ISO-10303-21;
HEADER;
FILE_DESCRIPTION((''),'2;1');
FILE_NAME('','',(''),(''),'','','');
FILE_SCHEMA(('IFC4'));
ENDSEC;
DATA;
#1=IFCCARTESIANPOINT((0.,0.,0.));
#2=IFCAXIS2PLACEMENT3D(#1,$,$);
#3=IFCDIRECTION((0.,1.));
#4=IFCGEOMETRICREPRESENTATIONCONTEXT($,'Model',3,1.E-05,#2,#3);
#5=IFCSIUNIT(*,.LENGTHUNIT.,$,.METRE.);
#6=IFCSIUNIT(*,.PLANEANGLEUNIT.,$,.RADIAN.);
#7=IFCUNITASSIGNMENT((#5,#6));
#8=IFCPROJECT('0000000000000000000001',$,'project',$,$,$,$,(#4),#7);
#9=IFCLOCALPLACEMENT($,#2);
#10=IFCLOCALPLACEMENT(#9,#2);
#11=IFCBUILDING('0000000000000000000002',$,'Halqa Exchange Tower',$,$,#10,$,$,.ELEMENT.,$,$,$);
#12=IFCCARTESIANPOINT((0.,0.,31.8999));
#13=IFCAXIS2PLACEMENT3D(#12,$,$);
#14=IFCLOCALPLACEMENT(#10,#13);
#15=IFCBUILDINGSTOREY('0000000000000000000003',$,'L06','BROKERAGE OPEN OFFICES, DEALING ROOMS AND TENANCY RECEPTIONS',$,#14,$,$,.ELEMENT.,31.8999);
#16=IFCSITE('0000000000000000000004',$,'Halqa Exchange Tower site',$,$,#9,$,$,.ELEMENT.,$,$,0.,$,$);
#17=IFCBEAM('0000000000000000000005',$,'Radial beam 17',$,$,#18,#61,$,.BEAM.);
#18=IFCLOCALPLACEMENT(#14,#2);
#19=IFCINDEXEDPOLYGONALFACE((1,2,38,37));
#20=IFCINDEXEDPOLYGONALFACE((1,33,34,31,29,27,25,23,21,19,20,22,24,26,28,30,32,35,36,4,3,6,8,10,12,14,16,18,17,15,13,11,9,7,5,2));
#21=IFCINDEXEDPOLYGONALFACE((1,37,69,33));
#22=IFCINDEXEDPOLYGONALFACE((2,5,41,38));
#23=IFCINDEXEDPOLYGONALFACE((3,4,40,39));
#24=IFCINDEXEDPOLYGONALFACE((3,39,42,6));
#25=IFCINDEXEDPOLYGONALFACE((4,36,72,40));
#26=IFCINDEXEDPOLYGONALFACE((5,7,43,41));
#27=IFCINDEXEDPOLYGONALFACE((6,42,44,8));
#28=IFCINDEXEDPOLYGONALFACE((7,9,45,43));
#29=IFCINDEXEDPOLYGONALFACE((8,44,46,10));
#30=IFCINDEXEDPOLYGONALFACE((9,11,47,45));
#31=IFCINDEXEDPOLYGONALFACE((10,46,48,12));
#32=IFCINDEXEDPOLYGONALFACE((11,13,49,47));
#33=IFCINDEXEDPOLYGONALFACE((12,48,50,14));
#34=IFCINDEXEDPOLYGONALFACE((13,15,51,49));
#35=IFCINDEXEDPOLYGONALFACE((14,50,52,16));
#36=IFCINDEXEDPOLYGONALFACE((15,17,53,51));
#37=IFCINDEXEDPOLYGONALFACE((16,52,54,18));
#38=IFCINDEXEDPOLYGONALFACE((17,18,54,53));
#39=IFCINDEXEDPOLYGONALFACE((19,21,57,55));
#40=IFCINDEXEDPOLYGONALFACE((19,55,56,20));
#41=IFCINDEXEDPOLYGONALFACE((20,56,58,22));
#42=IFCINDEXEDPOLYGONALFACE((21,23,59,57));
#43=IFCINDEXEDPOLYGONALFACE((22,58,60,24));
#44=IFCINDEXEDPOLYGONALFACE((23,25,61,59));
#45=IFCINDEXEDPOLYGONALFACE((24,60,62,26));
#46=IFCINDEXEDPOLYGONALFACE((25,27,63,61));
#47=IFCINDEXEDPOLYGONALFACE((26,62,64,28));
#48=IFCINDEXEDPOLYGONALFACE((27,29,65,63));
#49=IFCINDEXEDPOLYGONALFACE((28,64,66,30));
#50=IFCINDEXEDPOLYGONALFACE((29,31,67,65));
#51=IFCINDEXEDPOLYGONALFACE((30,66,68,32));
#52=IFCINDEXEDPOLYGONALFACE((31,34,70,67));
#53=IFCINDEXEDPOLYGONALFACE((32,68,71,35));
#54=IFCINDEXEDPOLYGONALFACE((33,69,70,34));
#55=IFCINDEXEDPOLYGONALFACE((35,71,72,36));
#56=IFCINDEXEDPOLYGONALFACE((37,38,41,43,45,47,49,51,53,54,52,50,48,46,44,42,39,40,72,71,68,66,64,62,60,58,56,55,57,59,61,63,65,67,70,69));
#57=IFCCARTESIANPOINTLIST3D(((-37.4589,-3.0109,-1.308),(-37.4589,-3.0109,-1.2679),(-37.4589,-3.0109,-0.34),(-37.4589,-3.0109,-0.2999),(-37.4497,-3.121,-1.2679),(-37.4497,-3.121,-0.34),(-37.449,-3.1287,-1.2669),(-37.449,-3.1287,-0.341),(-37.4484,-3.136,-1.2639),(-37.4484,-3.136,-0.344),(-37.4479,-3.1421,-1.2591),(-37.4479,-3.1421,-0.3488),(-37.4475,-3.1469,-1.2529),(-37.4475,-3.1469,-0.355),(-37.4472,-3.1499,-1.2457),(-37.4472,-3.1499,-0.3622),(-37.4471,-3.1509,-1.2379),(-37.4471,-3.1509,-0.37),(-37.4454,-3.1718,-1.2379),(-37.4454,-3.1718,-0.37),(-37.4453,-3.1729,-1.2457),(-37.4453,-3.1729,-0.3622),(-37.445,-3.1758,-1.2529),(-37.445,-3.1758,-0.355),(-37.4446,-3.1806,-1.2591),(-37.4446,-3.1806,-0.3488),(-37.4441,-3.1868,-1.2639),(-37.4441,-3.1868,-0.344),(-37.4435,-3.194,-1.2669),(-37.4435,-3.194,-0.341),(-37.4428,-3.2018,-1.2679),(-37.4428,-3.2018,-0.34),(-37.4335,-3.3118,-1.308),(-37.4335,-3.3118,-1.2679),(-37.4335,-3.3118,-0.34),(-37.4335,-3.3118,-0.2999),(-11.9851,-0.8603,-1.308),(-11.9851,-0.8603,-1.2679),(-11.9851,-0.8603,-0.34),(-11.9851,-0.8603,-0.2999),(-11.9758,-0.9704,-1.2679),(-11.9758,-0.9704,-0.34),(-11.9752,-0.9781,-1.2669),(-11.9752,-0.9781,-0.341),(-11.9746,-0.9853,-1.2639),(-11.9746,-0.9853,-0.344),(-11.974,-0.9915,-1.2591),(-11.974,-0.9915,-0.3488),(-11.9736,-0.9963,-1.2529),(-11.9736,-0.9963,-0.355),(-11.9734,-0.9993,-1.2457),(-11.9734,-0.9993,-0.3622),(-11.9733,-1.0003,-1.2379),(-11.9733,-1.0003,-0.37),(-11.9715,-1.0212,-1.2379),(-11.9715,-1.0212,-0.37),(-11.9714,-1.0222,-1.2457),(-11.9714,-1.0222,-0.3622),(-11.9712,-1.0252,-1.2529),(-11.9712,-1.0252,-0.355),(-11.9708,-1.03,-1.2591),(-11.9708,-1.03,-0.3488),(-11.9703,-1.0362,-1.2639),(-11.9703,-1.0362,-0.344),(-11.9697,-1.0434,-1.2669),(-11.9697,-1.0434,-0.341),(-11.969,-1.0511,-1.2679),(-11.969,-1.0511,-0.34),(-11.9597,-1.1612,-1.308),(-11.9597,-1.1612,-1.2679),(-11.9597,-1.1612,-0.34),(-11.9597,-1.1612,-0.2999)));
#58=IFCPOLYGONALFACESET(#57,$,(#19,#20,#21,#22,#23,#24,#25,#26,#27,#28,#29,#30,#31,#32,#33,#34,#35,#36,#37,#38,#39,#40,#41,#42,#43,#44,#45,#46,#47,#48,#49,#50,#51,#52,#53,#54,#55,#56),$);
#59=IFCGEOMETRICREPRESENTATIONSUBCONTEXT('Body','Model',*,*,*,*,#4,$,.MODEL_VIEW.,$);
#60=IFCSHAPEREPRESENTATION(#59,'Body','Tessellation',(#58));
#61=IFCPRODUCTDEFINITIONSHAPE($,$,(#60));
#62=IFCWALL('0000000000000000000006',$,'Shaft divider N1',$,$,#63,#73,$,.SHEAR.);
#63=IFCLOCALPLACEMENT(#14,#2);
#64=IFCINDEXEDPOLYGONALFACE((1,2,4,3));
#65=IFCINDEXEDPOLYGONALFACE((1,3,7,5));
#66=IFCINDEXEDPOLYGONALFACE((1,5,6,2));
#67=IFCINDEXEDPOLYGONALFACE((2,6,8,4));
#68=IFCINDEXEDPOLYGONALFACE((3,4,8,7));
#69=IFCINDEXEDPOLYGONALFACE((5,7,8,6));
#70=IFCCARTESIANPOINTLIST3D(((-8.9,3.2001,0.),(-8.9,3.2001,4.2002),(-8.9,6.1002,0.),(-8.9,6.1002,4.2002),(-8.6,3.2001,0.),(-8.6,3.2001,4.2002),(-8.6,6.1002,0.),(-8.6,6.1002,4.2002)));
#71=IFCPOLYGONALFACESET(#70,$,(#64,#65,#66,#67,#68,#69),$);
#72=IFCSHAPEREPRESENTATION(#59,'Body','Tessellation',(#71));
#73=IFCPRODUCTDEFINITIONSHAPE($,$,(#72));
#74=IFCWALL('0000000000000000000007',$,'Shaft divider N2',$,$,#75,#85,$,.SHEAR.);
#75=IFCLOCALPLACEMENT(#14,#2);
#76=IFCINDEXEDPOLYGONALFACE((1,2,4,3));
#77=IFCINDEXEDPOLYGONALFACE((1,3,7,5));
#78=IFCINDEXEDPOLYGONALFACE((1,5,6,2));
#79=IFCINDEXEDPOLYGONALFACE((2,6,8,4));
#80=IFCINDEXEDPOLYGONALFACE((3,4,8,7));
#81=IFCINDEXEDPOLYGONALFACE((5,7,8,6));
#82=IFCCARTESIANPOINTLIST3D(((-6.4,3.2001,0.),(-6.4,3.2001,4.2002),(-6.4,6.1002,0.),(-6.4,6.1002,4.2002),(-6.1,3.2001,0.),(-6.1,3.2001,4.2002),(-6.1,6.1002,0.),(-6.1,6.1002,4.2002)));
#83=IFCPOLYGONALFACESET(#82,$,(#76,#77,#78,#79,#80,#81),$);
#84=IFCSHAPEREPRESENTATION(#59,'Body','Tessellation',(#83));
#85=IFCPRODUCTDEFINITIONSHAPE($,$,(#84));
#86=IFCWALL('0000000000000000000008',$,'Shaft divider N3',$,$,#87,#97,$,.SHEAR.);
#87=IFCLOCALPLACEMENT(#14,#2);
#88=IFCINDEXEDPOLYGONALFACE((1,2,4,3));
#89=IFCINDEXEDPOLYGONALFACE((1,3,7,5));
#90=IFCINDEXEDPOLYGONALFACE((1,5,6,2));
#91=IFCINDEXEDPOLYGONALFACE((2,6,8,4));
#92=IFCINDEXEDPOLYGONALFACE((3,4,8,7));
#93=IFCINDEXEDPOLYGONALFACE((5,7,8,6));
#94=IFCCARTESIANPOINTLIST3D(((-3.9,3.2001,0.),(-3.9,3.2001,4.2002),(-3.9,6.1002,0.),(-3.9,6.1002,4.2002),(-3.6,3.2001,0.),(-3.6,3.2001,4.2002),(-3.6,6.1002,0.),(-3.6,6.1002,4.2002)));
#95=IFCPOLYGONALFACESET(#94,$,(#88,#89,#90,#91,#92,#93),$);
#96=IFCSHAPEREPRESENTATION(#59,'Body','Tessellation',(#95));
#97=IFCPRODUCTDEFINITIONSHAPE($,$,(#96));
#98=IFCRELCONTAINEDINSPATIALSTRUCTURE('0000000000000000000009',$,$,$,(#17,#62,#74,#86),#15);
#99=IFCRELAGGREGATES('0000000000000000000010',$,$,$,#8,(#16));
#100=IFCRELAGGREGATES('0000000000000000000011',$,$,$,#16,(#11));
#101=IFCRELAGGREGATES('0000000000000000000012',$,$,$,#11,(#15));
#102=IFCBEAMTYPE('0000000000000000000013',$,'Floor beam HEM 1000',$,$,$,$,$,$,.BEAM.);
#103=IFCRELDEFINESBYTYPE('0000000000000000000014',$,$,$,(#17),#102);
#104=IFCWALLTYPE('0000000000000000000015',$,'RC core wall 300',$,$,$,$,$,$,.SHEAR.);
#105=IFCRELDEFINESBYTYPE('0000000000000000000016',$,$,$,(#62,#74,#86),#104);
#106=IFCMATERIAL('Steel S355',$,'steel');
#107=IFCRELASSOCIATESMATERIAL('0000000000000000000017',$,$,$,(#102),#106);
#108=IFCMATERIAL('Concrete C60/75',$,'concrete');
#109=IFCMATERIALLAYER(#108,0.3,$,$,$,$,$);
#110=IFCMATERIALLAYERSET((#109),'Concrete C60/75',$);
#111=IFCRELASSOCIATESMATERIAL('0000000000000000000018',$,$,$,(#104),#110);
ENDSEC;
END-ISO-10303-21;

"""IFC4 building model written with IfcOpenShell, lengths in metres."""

from ifc_helpers import new_model, si_unit, direction, frame, frame_2d, origin, origin_2d, place, context, subcontext, project, spatial, rectangle, i_section, extrude, material, layer, layer_set, material_profile, profile_set, type_object, element, save


model = new_model("IFC4")

# Units and contexts
model_context = context("Model", 3, precision=1e-05, world=origin(), true_north=direction((0.0, 1.0)))
body_context = subcontext(model_context, "Body", "Model", "MODEL_VIEW")
ifc_project = project(units=[si_unit("LENGTHUNIT", "METRE"), si_unit("PLANEANGLEUNIT", "RADIAN")], contexts=[model_context])

# Site, building, storey
site_placement = place(None, origin())
site = spatial("IfcSite", under=ifc_project, at=site_placement, Name="Halqa Exchange Tower site", CompositionType="ELEMENT", RefElevation=0.0)
building_placement = place(site_placement, origin())
building = spatial("IfcBuilding", under=site, at=building_placement, Name="Halqa Exchange Tower", CompositionType="ELEMENT")
storey_placement = place(building_placement, frame((0.0, 0.0, 31.8999)))
storey = spatial("IfcBuildingStorey", under=building, at=storey_placement, Name="L06", Description="BROKERAGE OPEN OFFICES, DEALING ROOMS AND TENANCY RECEPTIONS", CompositionType="ELEMENT", Elevation=31.8999)

# Beam
ifc_material_1 = material(Name="Steel S355", Category="steel")
ifc_material_profile_1 = material_profile(ifc_material_1, i_section(OverallWidth=0.302, OverallDepth=1.0081, WebThickness=0.021, FlangeThickness=0.04, FilletRadius=0.03, at=origin_2d()), Name="HEM 1000")
ifc_profile_set_1 = profile_set([ifc_material_profile_1], Name="Steel S355")
beam_type_1 = type_object("IfcBeamType", Name="Floor beam HEM 1000", PredefinedType="BEAM", material=ifc_profile_set_1)
for number, where, z_axis, x_axis, name in (
    (1, (-11.9724, -1.0107, -0.804), (-0.996455, -0.084126, 0.0), (0.084126, -0.996455, 0.0), "Radial beam 17"),
):
    element("IfcBeam", number, at=place(storey_placement, frame(where, z_axis=z_axis, x_axis=x_axis)), inside=storey, type_object=beam_type_1, Name=name, PredefinedType="BEAM", context=body_context, shape_type="SweptSolid", body=[
        extrude(i_section(OverallWidth=0.302, OverallDepth=1.0081, WebThickness=0.021, FlangeThickness=0.04, FilletRadius=0.03, at=origin_2d()), origin(), (0.0, 0.0, 1.0), 25.5645),
    ])

# Walls
ifc_material_2 = material(Name="Concrete C60/75", Category="concrete")
ifc_layer_1 = layer(ifc_material_2, 0.3)
ifc_layer_set_1 = layer_set([ifc_layer_1], Name="Concrete C60/75")
wall_type_1 = type_object("IfcWallType", Name="RC core wall 300", PredefinedType="SHEAR", material=ifc_layer_set_1)
for number, where, z_axis, x_axis, name in (
    (2, (-8.75, 3.2, 0.0), (0.0, 0.0, 1.0), (0.0, 1.0, 0.0), "Shaft divider N1"),
    (3, (-6.25, 3.2, 0.0), (0.0, 0.0, 1.0), (0.0, 1.0, 0.0), "Shaft divider N2"),
    (4, (-3.75, 3.2, 0.0), (0.0, 0.0, 1.0), (0.0, 1.0, 0.0), "Shaft divider N3"),
):
    element("IfcWall", number, at=place(storey_placement, frame(where, z_axis=z_axis, x_axis=x_axis)), inside=storey, type_object=wall_type_1, Name=name, PredefinedType="SHEAR", context=body_context, shape_type="SweptSolid", body=[
        extrude(rectangle(XDim=2.9001, YDim=0.3, at=frame_2d((1.4502, 0.0))), origin(), (0.0, 0.0, 1.0), 4.2002),
    ])

save(model, "model.ifc")
